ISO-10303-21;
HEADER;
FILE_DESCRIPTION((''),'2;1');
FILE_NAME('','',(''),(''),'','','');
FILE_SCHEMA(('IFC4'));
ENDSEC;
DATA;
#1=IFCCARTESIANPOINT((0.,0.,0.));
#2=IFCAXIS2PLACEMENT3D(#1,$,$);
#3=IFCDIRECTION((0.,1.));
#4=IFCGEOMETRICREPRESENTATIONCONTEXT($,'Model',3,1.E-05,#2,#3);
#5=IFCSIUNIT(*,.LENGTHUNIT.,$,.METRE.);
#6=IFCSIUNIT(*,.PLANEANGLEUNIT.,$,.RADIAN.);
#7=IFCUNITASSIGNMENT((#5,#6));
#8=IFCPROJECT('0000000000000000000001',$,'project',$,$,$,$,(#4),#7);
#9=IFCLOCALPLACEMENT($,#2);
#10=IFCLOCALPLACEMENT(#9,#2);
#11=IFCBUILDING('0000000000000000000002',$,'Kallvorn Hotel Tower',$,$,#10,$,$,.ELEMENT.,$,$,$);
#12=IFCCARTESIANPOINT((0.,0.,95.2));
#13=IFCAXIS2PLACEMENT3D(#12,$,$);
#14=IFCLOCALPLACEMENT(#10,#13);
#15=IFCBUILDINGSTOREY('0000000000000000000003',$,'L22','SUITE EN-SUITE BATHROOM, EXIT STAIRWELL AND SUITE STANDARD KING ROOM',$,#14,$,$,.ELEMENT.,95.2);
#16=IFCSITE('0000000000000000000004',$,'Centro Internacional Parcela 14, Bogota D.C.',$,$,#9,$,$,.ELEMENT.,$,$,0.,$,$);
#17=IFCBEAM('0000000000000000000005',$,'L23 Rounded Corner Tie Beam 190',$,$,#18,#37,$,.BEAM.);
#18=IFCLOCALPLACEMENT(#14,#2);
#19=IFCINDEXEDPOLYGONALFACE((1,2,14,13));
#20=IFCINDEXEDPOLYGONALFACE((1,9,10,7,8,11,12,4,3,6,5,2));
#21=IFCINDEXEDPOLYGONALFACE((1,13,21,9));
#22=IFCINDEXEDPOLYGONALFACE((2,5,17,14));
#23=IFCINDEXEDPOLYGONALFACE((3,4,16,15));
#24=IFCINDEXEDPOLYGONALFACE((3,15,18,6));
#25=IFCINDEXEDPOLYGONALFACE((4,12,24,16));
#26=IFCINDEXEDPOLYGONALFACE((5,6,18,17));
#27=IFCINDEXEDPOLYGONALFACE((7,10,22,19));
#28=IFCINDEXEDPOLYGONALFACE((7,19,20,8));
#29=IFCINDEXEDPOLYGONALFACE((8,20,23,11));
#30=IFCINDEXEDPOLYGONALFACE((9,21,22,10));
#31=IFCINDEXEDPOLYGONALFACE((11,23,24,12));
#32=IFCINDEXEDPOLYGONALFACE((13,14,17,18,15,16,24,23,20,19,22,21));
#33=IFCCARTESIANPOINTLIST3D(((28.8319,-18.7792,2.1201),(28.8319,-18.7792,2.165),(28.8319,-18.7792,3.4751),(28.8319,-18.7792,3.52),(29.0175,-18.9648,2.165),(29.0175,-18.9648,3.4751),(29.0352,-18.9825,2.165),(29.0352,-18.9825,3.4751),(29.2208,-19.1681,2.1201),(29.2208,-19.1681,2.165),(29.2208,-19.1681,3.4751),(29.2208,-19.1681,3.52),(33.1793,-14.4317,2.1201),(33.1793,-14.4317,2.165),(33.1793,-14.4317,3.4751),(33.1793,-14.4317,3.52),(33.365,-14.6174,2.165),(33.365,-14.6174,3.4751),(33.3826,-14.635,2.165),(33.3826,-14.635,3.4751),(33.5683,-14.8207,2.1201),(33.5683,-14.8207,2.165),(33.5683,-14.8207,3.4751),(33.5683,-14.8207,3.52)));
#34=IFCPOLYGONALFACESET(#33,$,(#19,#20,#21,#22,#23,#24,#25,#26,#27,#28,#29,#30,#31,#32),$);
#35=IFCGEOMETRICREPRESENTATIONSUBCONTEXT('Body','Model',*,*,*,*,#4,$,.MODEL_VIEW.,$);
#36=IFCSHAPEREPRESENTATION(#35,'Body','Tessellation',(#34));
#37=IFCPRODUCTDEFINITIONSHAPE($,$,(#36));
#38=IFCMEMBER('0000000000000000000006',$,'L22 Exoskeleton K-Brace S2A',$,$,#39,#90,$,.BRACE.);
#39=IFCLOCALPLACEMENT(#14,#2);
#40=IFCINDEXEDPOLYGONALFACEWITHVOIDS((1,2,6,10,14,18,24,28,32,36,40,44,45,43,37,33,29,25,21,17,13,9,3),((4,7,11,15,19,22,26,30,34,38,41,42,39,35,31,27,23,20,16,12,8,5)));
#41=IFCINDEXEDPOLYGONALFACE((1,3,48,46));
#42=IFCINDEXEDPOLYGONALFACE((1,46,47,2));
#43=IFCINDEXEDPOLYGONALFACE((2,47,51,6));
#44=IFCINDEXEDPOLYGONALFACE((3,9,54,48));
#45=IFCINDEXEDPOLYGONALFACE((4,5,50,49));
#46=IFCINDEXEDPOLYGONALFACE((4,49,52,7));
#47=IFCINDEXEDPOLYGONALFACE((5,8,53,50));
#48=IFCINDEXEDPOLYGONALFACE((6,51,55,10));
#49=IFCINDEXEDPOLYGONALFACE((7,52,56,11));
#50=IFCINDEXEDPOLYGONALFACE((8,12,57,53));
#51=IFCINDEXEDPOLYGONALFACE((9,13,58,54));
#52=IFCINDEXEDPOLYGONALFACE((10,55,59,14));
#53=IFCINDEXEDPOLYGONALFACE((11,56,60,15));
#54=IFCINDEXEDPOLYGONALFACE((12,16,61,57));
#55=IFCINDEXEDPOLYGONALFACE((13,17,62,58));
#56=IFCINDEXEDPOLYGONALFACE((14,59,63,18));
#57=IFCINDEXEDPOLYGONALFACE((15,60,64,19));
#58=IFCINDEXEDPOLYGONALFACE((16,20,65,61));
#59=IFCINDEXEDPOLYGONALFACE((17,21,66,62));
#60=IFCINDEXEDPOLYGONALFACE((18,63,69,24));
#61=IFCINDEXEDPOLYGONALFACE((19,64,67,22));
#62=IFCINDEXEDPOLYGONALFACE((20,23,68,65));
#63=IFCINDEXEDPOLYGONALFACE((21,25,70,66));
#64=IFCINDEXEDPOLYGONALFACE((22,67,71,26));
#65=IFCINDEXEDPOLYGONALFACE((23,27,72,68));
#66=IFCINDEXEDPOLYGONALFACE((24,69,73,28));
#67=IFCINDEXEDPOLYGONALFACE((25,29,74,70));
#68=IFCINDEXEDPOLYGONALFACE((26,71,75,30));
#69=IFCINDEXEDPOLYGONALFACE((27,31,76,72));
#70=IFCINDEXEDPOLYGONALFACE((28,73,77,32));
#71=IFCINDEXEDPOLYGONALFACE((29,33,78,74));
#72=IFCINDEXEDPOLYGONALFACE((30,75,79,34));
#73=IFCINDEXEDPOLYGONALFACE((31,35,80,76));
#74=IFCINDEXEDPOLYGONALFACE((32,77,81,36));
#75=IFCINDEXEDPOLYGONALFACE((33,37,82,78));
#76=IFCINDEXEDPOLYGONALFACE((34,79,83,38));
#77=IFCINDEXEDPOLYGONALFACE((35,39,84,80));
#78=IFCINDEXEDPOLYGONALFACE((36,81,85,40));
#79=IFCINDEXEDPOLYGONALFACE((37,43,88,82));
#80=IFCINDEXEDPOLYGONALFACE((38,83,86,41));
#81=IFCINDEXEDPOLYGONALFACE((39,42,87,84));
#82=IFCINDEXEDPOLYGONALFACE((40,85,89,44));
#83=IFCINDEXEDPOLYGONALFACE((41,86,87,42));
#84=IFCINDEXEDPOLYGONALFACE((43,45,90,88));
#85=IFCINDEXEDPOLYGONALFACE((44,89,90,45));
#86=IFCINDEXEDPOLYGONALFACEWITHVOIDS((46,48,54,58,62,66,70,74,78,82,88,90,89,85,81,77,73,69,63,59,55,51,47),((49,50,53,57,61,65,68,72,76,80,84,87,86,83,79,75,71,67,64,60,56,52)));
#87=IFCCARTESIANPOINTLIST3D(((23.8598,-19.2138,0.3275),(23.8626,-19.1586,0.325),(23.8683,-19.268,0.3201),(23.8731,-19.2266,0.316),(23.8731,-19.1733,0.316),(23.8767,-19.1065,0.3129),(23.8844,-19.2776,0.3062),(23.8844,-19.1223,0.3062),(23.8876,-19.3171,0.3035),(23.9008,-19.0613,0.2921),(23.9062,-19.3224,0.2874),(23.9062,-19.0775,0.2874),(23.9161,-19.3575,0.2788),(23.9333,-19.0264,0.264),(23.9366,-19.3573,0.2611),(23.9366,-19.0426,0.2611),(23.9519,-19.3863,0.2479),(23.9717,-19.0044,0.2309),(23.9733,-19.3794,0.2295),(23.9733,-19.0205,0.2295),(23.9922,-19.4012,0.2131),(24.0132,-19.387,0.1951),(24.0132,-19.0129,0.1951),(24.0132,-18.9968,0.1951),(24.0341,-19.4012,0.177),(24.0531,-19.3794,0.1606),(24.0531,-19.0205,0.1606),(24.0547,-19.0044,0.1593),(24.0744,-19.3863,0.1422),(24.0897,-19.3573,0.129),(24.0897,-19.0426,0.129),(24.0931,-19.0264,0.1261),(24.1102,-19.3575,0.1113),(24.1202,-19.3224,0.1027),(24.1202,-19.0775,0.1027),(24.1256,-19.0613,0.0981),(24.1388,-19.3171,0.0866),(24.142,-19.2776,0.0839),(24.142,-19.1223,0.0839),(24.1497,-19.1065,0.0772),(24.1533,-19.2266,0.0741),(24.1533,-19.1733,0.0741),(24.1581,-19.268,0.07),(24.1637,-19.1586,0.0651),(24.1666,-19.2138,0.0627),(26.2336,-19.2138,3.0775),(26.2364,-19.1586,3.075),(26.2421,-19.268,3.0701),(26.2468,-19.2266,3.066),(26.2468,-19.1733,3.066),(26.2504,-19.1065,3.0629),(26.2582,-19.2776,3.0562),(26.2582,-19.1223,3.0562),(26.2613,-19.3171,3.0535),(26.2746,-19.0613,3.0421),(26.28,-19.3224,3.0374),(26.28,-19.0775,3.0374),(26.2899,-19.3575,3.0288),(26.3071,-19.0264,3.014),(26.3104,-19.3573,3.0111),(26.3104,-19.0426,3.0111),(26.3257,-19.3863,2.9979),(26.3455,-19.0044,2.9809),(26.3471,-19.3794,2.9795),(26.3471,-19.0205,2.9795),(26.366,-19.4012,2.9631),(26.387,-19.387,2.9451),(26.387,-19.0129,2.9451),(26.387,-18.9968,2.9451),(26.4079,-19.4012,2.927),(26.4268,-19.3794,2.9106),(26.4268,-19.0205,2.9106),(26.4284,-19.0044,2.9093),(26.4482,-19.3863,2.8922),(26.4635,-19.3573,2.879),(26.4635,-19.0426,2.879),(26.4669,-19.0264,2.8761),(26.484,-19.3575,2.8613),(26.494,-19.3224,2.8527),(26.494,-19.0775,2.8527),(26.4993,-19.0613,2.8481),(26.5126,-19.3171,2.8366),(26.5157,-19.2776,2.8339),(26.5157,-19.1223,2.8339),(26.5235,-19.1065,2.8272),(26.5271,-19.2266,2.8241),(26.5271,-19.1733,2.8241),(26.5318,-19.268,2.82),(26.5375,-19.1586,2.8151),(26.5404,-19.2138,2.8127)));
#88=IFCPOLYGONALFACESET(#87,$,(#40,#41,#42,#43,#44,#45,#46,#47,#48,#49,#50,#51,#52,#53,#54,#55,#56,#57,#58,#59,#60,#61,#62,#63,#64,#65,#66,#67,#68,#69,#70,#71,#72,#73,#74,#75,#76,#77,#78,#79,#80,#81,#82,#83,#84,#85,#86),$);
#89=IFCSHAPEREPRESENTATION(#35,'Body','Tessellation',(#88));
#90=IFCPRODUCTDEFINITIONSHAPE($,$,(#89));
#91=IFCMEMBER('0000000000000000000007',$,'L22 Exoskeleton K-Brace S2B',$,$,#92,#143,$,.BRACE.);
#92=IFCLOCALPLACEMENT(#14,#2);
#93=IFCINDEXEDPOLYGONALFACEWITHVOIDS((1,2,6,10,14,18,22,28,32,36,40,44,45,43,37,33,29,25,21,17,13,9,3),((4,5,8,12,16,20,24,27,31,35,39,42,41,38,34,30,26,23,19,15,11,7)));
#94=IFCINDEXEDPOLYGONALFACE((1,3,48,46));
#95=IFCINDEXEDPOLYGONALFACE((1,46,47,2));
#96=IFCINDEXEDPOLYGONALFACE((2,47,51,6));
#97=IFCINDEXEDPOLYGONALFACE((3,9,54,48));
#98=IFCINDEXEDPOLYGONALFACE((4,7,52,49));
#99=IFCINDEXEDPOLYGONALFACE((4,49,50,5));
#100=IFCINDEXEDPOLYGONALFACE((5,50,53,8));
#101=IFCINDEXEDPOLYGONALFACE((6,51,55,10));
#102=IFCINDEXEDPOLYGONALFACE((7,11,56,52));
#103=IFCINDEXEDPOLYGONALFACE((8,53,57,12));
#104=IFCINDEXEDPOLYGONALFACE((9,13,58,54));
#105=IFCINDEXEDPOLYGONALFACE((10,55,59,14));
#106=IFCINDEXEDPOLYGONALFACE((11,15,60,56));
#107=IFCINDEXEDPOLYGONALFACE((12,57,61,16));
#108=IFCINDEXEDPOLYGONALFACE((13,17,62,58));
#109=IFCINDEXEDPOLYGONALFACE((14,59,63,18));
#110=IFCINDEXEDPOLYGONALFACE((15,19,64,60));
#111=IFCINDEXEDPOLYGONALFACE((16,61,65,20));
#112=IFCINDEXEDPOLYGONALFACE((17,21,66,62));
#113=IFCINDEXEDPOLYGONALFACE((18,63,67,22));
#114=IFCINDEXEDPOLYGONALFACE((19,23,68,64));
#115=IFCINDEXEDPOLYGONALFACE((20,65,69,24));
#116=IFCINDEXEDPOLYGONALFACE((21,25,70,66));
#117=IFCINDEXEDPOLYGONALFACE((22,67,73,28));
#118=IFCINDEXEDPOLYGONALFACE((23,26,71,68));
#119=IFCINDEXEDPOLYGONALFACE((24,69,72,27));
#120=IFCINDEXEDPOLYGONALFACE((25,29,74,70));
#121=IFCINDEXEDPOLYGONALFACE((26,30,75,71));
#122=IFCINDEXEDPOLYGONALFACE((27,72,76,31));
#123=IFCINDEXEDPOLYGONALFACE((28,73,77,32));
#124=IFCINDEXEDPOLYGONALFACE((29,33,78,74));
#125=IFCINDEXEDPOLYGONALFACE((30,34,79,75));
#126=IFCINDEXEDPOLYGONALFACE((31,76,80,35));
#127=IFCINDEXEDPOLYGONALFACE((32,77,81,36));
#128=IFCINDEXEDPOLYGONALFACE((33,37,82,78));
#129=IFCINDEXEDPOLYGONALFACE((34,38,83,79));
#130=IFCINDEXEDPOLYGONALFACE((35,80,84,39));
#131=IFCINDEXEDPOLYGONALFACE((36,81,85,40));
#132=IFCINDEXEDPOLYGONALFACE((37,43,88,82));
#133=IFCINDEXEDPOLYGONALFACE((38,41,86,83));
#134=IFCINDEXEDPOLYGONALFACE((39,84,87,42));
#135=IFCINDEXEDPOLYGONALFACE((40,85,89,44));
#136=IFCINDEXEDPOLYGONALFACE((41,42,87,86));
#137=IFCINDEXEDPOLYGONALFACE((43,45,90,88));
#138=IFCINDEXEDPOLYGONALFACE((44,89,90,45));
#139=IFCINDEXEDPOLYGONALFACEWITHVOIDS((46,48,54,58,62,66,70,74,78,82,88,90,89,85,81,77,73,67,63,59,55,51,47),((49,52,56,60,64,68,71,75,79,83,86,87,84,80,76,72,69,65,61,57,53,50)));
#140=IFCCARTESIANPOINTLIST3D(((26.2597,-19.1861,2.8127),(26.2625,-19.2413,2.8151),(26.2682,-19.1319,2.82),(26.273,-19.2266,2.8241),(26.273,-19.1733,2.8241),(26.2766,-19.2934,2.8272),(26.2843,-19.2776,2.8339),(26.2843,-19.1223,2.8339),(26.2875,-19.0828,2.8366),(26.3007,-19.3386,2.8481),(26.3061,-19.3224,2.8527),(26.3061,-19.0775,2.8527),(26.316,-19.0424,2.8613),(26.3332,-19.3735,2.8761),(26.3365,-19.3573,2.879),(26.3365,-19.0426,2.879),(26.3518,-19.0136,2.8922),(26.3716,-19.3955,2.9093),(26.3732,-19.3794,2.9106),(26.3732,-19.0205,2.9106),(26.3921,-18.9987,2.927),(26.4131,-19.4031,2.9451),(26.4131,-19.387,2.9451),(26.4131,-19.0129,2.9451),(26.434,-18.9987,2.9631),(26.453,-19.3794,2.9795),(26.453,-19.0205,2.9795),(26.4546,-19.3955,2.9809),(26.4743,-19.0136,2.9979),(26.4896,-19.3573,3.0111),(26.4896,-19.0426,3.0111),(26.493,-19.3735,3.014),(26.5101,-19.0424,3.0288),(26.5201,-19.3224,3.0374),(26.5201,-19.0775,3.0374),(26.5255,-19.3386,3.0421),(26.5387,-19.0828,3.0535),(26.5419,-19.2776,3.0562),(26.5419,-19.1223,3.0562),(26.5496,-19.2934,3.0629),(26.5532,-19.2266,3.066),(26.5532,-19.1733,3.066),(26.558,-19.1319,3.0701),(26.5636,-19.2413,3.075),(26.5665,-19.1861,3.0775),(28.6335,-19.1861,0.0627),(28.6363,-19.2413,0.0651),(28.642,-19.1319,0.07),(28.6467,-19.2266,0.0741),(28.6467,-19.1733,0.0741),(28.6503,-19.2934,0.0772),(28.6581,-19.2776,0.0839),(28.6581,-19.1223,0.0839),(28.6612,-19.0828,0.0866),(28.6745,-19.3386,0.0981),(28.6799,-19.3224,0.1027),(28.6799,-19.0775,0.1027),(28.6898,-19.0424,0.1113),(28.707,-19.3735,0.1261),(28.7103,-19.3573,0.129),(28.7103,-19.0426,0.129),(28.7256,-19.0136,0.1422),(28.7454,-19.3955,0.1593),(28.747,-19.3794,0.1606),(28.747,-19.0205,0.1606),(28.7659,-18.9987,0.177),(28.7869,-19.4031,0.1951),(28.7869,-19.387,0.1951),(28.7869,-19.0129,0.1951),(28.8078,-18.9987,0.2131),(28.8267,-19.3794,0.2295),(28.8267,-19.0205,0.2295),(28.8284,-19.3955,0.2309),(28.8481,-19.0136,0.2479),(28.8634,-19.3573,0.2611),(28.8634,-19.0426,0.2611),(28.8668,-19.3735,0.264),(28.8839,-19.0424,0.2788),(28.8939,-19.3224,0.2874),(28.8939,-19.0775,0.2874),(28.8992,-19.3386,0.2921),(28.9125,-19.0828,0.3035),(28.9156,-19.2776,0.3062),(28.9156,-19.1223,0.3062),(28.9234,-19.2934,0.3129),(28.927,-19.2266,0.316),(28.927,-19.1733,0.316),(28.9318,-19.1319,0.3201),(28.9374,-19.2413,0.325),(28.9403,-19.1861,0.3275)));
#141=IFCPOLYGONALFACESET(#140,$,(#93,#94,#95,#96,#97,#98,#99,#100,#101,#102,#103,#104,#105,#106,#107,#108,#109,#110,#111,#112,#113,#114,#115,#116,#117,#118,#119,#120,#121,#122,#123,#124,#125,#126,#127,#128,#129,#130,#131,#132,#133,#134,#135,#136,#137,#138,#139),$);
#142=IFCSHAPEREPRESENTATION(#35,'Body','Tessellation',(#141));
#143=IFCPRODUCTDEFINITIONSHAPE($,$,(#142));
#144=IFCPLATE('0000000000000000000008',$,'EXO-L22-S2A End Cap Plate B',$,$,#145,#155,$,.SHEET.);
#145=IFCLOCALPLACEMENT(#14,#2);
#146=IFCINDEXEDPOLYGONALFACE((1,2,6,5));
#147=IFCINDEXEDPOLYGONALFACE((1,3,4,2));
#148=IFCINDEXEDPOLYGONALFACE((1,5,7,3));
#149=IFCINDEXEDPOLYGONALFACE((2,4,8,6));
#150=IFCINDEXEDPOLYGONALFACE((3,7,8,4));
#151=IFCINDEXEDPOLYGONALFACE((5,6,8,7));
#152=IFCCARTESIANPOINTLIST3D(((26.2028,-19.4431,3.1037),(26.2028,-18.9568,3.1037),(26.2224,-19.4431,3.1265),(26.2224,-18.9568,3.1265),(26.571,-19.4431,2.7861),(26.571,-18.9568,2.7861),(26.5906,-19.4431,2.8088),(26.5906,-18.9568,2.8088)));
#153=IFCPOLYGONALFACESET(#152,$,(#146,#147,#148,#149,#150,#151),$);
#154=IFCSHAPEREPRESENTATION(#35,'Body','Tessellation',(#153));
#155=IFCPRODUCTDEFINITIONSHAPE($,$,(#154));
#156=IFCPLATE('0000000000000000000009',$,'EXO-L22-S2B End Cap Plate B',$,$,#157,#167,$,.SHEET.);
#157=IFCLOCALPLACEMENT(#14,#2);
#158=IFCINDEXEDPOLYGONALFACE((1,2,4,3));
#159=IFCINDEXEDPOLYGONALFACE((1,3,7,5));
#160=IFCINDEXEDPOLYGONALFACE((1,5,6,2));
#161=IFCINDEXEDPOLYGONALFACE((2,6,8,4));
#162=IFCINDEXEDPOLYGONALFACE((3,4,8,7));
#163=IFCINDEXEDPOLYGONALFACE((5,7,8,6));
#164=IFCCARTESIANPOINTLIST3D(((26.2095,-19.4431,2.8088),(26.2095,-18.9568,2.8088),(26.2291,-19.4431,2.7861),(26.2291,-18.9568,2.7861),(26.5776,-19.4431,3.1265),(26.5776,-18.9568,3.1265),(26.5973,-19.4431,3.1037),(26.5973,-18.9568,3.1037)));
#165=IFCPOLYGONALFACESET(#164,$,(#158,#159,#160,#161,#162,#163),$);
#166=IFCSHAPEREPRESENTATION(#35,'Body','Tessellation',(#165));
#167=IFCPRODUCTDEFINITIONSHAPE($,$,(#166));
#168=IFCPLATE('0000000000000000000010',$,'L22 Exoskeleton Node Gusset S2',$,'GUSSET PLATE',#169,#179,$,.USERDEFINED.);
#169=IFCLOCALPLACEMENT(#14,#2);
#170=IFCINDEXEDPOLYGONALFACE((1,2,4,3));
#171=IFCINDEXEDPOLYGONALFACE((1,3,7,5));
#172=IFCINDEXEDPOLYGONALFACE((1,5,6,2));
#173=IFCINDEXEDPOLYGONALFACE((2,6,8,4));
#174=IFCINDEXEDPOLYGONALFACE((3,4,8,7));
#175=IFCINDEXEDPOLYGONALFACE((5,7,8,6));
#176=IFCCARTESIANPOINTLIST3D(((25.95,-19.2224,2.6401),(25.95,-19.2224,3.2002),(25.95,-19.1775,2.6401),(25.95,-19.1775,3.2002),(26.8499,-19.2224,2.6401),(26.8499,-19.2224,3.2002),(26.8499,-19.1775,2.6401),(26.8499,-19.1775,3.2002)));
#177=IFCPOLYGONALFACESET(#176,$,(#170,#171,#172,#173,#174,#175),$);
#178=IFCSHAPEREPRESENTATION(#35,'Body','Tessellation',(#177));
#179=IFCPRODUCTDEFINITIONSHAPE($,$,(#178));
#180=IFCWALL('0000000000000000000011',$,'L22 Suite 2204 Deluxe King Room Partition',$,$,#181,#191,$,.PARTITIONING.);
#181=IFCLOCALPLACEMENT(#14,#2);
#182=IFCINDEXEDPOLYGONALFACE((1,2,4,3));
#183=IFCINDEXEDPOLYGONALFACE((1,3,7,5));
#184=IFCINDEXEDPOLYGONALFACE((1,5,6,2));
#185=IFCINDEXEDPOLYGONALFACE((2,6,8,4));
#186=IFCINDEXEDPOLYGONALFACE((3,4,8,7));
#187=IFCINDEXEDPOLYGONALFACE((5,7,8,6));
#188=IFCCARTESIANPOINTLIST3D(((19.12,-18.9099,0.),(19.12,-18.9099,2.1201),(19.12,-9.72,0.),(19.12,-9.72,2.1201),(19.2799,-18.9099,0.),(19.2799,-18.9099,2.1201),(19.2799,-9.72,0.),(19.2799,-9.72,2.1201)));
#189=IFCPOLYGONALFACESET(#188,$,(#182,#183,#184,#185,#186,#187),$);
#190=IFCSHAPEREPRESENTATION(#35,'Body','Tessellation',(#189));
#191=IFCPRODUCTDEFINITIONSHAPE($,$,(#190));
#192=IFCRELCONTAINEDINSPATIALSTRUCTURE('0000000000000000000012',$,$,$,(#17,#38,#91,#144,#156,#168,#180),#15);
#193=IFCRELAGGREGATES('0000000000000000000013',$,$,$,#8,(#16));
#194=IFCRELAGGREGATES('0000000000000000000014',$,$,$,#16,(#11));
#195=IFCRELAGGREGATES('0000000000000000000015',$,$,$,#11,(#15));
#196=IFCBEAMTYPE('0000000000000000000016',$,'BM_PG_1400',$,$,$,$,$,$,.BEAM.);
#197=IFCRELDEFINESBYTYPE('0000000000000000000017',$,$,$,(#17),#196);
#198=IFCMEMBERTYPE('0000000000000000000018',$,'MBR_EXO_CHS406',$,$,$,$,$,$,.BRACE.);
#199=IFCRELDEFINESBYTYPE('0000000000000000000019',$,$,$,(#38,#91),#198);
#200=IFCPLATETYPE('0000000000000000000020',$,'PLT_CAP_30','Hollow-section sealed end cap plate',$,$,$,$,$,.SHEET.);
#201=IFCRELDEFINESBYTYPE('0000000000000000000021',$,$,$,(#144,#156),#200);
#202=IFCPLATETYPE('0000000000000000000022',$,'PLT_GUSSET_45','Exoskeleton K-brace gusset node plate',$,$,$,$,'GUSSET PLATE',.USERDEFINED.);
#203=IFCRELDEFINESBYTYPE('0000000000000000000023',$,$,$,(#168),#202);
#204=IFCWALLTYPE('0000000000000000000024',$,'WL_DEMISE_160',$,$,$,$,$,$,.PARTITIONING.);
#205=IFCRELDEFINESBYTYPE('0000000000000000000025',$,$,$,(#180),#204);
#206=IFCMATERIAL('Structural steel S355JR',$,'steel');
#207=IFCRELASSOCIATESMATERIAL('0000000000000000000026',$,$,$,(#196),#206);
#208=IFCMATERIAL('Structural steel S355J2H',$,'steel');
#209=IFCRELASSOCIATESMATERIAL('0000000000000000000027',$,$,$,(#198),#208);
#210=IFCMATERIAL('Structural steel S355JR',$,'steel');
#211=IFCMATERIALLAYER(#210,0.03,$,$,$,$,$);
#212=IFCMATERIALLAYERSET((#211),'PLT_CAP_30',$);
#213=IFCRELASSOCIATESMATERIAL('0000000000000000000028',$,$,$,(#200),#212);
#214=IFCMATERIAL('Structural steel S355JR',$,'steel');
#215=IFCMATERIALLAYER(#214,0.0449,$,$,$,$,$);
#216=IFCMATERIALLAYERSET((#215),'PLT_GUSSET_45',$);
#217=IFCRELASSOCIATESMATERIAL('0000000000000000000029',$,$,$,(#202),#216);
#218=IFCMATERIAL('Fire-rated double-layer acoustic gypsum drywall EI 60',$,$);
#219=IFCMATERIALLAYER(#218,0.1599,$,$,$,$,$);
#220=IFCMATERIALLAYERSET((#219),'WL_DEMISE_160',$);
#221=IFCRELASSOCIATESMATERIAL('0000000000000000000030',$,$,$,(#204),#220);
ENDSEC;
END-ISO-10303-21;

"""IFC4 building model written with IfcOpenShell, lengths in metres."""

from ifc_helpers import new_model, si_unit, direction, frame, frame_2d, origin, origin_2d, place, context, subcontext, project, spatial, polyline, rectangle, hollow_circle, i_section, outline, extrude, material, layer, layer_set, material_profile, profile_set, type_object, element, save


model = new_model("IFC4")

# Units and contexts
model_context = context("Model", 3, precision=1e-05, world=origin(), true_north=direction((0.0, 1.0)))
body_context = subcontext(model_context, "Body", "Model", "MODEL_VIEW")
ifc_project = project(units=[si_unit("LENGTHUNIT", "METRE"), si_unit("PLANEANGLEUNIT", "RADIAN")], contexts=[model_context])

# Site, building, storey
site_placement = place(None, origin())
site = spatial("IfcSite", under=ifc_project, at=site_placement, Name="Centro Internacional Parcela 14, Bogota D.C.", CompositionType="ELEMENT", RefElevation=0.0)
building_placement = place(site_placement, origin())
building = spatial("IfcBuilding", under=site, at=building_placement, Name="Kallvorn Hotel Tower", CompositionType="ELEMENT")
storey_placement = place(building_placement, frame((0.0, 0.0, 95.2)))
storey = spatial("IfcBuildingStorey", under=building, at=storey_placement, Name="L22", Description="SUITE EN-SUITE BATHROOM, EXIT STAIRWELL AND SUITE STANDARD KING ROOM", CompositionType="ELEMENT", Elevation=95.2)

# Beam
ifc_material_1 = material(Name="Structural steel S355JR", Category="steel")
ifc_material_profile_1 = material_profile(ifc_material_1, i_section(OverallWidth=0.55, OverallDepth=1.3999, WebThickness=0.0249, FlangeThickness=0.0449, at=origin_2d()), Name="PG 1400x550x25x45")
ifc_profile_set_1 = profile_set([ifc_material_profile_1], Name="Structural steel S355JR")
beam_type_1 = type_object("IfcBeamType", Name="BM_PG_1400", PredefinedType="BEAM", material=ifc_profile_set_1)
beam_1_placement = place(storey_placement, frame((33.3738, -14.6262, 2.8201), z_axis=(-0.707107, -0.707107, 0.0), x_axis=(0.707107, -0.707107, 0.0)))
element("IfcBeam", 1, at=beam_1_placement, inside=storey, type_object=beam_type_1, Name="L23 Rounded Corner Tie Beam 190", PredefinedType="BEAM", context=body_context, shape_type="SweptSolid", body=[
    extrude(i_section(OverallWidth=0.55, OverallDepth=1.3999, WebThickness=0.0249, FlangeThickness=0.0449, at=origin_2d()), origin(), (0.0, 0.0, 1.0), 6.1482),
])

# Members
ifc_material_2 = material(Name="Structural steel S355J2H", Category="steel")
ifc_material_profile_2 = material_profile(ifc_material_2, hollow_circle(Radius=0.2031, WallThickness=0.0161, at=origin_2d()), Name="CHS 406.4x16")
ifc_profile_set_2 = profile_set([ifc_material_profile_2], Name="Structural steel S355J2H")
member_type = type_object("IfcMemberType", Name="MBR_EXO_CHS406", PredefinedType="BRACE", material=ifc_profile_set_2)
for number, where, z_axis, x_axis, name in (
    (2, (24.0132, -19.2, 0.1951), (0.653427, 0.0, 0.756989), (0.0, 1.0, 0.0), "L22 Exoskeleton K-Brace S2A"),
    (3, (28.7869, -19.2, 0.1951), (-0.653427, 0.0, 0.756989), (0.0, -1.0, 0.0), "L22 Exoskeleton K-Brace S2B"),
):
    element("IfcMember", number, at=place(storey_placement, frame(where, z_axis=z_axis, x_axis=x_axis)), inside=storey, type_object=member_type, Name=name, PredefinedType="BRACE", context=body_context, shape_type="SweptSolid", body=[
        extrude(hollow_circle(Radius=0.2031, WallThickness=0.0161, at=origin_2d()), origin(), (0.0, 0.0, 1.0), 3.6328),
    ])

# Plates
ifc_material_3 = material(Name="Structural steel S355JR", Category="steel")
ifc_layer_1 = layer(ifc_material_3, 0.03)
ifc_layer_set_1 = layer_set([ifc_layer_1], Name="PLT_CAP_30")
plate_type_1 = type_object("IfcPlateType", Name="PLT_CAP_30", Description="Hollow-section sealed end cap plate", PredefinedType="SHEET", material=ifc_layer_set_1)
for number, where, z_axis, x_axis, name in (
    (4, (26.5906, -19.4431, 2.8088), (0.653228, 0.0, 0.757162), (0.0, 1.0, 0.0), "EXO-L22-S2A End Cap Plate B"),
    (5, (26.2095, -18.9568, 2.8088), (-0.653228, 0.0, 0.757162), (0.0, -1.0, 0.0), "EXO-L22-S2B End Cap Plate B"),
):
    element("IfcPlate", number, at=place(storey_placement, frame(where, z_axis=z_axis, x_axis=x_axis)), inside=storey, type_object=plate_type_1, Name=name, PredefinedType="SHEET", context=body_context, shape_type="SweptSolid", body=[
        extrude(outline(polyline([(0.0, 0.0), (0.4863, 0.0), (0.4863, 0.4862), (0.0, 0.4862), (0.0, 0.0)])), origin(), (0.0, 0.0, -1.0), 0.03),
    ])
ifc_material_4 = material(Name="Structural steel S355JR", Category="steel")
ifc_layer_2 = layer(ifc_material_4, 0.0449)
ifc_layer_set_2 = layer_set([ifc_layer_2], Name="PLT_GUSSET_45")
plate_type_2 = type_object("IfcPlateType", Name="PLT_GUSSET_45", Description="Exoskeleton K-brace gusset node plate", ElementType="GUSSET PLATE", PredefinedType="USERDEFINED", material=ifc_layer_set_2)
plate_placement = place(storey_placement, frame((26.3999, -19.2, 2.6401), z_axis=(0.0, 0.0, 1.0), x_axis=(1.0, 0.0, 0.0)))
element("IfcPlate", 6, at=plate_placement, inside=storey, type_object=plate_type_2, Name="L22 Exoskeleton Node Gusset S2", ObjectType="GUSSET PLATE", PredefinedType="USERDEFINED", context=body_context, shape_type="SweptSolid", body=[
    extrude(rectangle(XDim=0.8999, YDim=0.0449, at=origin_2d()), origin(), (0.0, 0.0, 1.0), 0.5601),
])

# Wall
ifc_material_5 = material(Name="Fire-rated double-layer acoustic gypsum drywall EI 60")
ifc_layer_3 = layer(ifc_material_5, 0.1599)
ifc_layer_set_3 = layer_set([ifc_layer_3], Name="WL_DEMISE_160")
wall_type_1 = type_object("IfcWallType", Name="WL_DEMISE_160", PredefinedType="PARTITIONING", material=ifc_layer_set_3)
for number, where, z_axis, x_axis, name in (
    (7, (19.2, -18.9099, 0.0), (0.0, 0.0, 1.0), (0.0, 1.0, 0.0), "L22 Suite 2204 Deluxe King Room Partition"),
):
    element("IfcWall", number, at=place(storey_placement, frame(where, z_axis=z_axis, x_axis=x_axis)), inside=storey, type_object=wall_type_1, Name=name, PredefinedType="PARTITIONING", context=body_context, shape_type="SweptSolid", body=[
        extrude(rectangle(XDim=9.1899, YDim=0.1599, at=frame_2d((4.595, 0.0))), origin(), (0.0, 0.0, 1.0), 2.1201),
    ])

save(model, "model.ifc")
